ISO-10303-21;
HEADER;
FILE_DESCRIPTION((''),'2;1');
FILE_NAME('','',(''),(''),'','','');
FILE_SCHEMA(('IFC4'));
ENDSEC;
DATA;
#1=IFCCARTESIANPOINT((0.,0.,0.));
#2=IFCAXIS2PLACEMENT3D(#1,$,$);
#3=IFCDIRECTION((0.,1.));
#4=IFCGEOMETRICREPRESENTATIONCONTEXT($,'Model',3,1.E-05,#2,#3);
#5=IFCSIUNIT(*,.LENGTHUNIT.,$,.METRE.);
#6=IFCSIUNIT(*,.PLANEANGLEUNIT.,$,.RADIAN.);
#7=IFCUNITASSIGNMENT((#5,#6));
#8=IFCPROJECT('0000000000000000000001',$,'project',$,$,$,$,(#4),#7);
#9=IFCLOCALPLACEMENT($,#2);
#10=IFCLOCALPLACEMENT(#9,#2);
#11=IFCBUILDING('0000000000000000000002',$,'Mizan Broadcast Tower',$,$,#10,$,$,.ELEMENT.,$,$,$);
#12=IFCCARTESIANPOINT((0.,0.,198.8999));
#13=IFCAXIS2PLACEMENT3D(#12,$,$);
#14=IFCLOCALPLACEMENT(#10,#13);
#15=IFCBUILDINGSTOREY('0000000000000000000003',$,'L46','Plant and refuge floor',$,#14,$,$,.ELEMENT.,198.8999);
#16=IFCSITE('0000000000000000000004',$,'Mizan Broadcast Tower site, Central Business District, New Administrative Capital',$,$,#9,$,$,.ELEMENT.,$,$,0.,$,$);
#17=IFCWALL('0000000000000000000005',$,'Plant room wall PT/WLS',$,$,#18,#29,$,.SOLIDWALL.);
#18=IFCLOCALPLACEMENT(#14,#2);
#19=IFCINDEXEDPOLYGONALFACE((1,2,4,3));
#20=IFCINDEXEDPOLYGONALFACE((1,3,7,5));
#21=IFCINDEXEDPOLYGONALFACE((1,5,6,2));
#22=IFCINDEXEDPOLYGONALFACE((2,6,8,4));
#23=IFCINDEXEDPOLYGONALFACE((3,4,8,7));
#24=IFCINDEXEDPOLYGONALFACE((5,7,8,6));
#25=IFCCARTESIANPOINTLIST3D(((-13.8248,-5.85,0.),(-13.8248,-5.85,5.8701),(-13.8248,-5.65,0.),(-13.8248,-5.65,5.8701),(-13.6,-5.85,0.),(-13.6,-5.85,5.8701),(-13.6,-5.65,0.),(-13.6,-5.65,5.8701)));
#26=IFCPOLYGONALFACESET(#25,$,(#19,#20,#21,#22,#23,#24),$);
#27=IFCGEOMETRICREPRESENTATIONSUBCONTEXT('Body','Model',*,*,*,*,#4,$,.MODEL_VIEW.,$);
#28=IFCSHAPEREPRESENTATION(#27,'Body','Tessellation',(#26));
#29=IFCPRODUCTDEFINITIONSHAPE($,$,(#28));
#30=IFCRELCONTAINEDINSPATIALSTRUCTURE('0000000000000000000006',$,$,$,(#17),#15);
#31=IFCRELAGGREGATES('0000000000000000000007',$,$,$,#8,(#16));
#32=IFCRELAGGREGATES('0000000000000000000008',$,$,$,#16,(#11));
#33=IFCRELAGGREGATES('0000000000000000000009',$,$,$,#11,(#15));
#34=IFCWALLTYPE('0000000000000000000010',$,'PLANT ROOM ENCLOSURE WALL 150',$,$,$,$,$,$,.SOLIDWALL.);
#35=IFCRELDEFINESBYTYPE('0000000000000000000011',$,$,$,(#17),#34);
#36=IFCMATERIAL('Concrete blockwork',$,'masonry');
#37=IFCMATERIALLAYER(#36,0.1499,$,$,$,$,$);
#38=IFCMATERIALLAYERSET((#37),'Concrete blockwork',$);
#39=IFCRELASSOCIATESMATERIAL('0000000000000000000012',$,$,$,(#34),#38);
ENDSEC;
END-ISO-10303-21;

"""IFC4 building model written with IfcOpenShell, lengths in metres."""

from ifc_helpers import new_model, si_unit, direction, frame, frame_2d, origin, place, context, subcontext, project, spatial, rectangle, extrude, material, layer, layer_set, type_object, element, save


model = new_model("IFC4")

# Units and contexts
model_context = context("Model", 3, precision=1e-05, world=origin(), true_north=direction((0.0, 1.0)))
body_context = subcontext(model_context, "Body", "Model", "MODEL_VIEW")
ifc_project = project(units=[si_unit("LENGTHUNIT", "METRE"), si_unit("PLANEANGLEUNIT", "RADIAN")], contexts=[model_context])

# Site, building, storey
site_placement = place(None, origin())
site = spatial("IfcSite", under=ifc_project, at=site_placement, Name="Mizan Broadcast Tower site, Central Business District, New Administrative Capital", CompositionType="ELEMENT", RefElevation=0.0)
building_placement = place(site_placement, origin())
building = spatial("IfcBuilding", under=site, at=building_placement, Name="Mizan Broadcast Tower", CompositionType="ELEMENT")
storey_placement = place(building_placement, frame((0.0, 0.0, 198.8999)))
storey = spatial("IfcBuildingStorey", under=building, at=storey_placement, Name="L46", Description="Plant and refuge floor", CompositionType="ELEMENT", Elevation=198.8999)

# Wall
ifc_material_1 = material(Name="Concrete blockwork", Category="masonry")
ifc_layer_1 = layer(ifc_material_1, 0.1499)
ifc_layer_set_1 = layer_set([ifc_layer_1], Name="Concrete blockwork")
wall_type_1 = type_object("IfcWallType", Name="PLANT ROOM ENCLOSURE WALL 150", PredefinedType="SOLIDWALL", material=ifc_layer_set_1)
wall_1_placement = place(storey_placement, frame((-13.6001, -5.75, 0.0), z_axis=(0.0, 0.0, 1.0), x_axis=(-1.0, 0.0, 0.0)))
element("IfcWall", 1, at=wall_1_placement, inside=storey, type_object=wall_type_1, Name="Plant room wall PT/WLS", PredefinedType="SOLIDWALL", context=body_context, shape_type="SweptSolid", body=[
    extrude(rectangle(XDim=0.2249, YDim=0.2, at=frame_2d((0.1123, 0.0))), origin(), (0.0, 0.0, 1.0), 5.8701),
])

save(model, "model.ifc")
